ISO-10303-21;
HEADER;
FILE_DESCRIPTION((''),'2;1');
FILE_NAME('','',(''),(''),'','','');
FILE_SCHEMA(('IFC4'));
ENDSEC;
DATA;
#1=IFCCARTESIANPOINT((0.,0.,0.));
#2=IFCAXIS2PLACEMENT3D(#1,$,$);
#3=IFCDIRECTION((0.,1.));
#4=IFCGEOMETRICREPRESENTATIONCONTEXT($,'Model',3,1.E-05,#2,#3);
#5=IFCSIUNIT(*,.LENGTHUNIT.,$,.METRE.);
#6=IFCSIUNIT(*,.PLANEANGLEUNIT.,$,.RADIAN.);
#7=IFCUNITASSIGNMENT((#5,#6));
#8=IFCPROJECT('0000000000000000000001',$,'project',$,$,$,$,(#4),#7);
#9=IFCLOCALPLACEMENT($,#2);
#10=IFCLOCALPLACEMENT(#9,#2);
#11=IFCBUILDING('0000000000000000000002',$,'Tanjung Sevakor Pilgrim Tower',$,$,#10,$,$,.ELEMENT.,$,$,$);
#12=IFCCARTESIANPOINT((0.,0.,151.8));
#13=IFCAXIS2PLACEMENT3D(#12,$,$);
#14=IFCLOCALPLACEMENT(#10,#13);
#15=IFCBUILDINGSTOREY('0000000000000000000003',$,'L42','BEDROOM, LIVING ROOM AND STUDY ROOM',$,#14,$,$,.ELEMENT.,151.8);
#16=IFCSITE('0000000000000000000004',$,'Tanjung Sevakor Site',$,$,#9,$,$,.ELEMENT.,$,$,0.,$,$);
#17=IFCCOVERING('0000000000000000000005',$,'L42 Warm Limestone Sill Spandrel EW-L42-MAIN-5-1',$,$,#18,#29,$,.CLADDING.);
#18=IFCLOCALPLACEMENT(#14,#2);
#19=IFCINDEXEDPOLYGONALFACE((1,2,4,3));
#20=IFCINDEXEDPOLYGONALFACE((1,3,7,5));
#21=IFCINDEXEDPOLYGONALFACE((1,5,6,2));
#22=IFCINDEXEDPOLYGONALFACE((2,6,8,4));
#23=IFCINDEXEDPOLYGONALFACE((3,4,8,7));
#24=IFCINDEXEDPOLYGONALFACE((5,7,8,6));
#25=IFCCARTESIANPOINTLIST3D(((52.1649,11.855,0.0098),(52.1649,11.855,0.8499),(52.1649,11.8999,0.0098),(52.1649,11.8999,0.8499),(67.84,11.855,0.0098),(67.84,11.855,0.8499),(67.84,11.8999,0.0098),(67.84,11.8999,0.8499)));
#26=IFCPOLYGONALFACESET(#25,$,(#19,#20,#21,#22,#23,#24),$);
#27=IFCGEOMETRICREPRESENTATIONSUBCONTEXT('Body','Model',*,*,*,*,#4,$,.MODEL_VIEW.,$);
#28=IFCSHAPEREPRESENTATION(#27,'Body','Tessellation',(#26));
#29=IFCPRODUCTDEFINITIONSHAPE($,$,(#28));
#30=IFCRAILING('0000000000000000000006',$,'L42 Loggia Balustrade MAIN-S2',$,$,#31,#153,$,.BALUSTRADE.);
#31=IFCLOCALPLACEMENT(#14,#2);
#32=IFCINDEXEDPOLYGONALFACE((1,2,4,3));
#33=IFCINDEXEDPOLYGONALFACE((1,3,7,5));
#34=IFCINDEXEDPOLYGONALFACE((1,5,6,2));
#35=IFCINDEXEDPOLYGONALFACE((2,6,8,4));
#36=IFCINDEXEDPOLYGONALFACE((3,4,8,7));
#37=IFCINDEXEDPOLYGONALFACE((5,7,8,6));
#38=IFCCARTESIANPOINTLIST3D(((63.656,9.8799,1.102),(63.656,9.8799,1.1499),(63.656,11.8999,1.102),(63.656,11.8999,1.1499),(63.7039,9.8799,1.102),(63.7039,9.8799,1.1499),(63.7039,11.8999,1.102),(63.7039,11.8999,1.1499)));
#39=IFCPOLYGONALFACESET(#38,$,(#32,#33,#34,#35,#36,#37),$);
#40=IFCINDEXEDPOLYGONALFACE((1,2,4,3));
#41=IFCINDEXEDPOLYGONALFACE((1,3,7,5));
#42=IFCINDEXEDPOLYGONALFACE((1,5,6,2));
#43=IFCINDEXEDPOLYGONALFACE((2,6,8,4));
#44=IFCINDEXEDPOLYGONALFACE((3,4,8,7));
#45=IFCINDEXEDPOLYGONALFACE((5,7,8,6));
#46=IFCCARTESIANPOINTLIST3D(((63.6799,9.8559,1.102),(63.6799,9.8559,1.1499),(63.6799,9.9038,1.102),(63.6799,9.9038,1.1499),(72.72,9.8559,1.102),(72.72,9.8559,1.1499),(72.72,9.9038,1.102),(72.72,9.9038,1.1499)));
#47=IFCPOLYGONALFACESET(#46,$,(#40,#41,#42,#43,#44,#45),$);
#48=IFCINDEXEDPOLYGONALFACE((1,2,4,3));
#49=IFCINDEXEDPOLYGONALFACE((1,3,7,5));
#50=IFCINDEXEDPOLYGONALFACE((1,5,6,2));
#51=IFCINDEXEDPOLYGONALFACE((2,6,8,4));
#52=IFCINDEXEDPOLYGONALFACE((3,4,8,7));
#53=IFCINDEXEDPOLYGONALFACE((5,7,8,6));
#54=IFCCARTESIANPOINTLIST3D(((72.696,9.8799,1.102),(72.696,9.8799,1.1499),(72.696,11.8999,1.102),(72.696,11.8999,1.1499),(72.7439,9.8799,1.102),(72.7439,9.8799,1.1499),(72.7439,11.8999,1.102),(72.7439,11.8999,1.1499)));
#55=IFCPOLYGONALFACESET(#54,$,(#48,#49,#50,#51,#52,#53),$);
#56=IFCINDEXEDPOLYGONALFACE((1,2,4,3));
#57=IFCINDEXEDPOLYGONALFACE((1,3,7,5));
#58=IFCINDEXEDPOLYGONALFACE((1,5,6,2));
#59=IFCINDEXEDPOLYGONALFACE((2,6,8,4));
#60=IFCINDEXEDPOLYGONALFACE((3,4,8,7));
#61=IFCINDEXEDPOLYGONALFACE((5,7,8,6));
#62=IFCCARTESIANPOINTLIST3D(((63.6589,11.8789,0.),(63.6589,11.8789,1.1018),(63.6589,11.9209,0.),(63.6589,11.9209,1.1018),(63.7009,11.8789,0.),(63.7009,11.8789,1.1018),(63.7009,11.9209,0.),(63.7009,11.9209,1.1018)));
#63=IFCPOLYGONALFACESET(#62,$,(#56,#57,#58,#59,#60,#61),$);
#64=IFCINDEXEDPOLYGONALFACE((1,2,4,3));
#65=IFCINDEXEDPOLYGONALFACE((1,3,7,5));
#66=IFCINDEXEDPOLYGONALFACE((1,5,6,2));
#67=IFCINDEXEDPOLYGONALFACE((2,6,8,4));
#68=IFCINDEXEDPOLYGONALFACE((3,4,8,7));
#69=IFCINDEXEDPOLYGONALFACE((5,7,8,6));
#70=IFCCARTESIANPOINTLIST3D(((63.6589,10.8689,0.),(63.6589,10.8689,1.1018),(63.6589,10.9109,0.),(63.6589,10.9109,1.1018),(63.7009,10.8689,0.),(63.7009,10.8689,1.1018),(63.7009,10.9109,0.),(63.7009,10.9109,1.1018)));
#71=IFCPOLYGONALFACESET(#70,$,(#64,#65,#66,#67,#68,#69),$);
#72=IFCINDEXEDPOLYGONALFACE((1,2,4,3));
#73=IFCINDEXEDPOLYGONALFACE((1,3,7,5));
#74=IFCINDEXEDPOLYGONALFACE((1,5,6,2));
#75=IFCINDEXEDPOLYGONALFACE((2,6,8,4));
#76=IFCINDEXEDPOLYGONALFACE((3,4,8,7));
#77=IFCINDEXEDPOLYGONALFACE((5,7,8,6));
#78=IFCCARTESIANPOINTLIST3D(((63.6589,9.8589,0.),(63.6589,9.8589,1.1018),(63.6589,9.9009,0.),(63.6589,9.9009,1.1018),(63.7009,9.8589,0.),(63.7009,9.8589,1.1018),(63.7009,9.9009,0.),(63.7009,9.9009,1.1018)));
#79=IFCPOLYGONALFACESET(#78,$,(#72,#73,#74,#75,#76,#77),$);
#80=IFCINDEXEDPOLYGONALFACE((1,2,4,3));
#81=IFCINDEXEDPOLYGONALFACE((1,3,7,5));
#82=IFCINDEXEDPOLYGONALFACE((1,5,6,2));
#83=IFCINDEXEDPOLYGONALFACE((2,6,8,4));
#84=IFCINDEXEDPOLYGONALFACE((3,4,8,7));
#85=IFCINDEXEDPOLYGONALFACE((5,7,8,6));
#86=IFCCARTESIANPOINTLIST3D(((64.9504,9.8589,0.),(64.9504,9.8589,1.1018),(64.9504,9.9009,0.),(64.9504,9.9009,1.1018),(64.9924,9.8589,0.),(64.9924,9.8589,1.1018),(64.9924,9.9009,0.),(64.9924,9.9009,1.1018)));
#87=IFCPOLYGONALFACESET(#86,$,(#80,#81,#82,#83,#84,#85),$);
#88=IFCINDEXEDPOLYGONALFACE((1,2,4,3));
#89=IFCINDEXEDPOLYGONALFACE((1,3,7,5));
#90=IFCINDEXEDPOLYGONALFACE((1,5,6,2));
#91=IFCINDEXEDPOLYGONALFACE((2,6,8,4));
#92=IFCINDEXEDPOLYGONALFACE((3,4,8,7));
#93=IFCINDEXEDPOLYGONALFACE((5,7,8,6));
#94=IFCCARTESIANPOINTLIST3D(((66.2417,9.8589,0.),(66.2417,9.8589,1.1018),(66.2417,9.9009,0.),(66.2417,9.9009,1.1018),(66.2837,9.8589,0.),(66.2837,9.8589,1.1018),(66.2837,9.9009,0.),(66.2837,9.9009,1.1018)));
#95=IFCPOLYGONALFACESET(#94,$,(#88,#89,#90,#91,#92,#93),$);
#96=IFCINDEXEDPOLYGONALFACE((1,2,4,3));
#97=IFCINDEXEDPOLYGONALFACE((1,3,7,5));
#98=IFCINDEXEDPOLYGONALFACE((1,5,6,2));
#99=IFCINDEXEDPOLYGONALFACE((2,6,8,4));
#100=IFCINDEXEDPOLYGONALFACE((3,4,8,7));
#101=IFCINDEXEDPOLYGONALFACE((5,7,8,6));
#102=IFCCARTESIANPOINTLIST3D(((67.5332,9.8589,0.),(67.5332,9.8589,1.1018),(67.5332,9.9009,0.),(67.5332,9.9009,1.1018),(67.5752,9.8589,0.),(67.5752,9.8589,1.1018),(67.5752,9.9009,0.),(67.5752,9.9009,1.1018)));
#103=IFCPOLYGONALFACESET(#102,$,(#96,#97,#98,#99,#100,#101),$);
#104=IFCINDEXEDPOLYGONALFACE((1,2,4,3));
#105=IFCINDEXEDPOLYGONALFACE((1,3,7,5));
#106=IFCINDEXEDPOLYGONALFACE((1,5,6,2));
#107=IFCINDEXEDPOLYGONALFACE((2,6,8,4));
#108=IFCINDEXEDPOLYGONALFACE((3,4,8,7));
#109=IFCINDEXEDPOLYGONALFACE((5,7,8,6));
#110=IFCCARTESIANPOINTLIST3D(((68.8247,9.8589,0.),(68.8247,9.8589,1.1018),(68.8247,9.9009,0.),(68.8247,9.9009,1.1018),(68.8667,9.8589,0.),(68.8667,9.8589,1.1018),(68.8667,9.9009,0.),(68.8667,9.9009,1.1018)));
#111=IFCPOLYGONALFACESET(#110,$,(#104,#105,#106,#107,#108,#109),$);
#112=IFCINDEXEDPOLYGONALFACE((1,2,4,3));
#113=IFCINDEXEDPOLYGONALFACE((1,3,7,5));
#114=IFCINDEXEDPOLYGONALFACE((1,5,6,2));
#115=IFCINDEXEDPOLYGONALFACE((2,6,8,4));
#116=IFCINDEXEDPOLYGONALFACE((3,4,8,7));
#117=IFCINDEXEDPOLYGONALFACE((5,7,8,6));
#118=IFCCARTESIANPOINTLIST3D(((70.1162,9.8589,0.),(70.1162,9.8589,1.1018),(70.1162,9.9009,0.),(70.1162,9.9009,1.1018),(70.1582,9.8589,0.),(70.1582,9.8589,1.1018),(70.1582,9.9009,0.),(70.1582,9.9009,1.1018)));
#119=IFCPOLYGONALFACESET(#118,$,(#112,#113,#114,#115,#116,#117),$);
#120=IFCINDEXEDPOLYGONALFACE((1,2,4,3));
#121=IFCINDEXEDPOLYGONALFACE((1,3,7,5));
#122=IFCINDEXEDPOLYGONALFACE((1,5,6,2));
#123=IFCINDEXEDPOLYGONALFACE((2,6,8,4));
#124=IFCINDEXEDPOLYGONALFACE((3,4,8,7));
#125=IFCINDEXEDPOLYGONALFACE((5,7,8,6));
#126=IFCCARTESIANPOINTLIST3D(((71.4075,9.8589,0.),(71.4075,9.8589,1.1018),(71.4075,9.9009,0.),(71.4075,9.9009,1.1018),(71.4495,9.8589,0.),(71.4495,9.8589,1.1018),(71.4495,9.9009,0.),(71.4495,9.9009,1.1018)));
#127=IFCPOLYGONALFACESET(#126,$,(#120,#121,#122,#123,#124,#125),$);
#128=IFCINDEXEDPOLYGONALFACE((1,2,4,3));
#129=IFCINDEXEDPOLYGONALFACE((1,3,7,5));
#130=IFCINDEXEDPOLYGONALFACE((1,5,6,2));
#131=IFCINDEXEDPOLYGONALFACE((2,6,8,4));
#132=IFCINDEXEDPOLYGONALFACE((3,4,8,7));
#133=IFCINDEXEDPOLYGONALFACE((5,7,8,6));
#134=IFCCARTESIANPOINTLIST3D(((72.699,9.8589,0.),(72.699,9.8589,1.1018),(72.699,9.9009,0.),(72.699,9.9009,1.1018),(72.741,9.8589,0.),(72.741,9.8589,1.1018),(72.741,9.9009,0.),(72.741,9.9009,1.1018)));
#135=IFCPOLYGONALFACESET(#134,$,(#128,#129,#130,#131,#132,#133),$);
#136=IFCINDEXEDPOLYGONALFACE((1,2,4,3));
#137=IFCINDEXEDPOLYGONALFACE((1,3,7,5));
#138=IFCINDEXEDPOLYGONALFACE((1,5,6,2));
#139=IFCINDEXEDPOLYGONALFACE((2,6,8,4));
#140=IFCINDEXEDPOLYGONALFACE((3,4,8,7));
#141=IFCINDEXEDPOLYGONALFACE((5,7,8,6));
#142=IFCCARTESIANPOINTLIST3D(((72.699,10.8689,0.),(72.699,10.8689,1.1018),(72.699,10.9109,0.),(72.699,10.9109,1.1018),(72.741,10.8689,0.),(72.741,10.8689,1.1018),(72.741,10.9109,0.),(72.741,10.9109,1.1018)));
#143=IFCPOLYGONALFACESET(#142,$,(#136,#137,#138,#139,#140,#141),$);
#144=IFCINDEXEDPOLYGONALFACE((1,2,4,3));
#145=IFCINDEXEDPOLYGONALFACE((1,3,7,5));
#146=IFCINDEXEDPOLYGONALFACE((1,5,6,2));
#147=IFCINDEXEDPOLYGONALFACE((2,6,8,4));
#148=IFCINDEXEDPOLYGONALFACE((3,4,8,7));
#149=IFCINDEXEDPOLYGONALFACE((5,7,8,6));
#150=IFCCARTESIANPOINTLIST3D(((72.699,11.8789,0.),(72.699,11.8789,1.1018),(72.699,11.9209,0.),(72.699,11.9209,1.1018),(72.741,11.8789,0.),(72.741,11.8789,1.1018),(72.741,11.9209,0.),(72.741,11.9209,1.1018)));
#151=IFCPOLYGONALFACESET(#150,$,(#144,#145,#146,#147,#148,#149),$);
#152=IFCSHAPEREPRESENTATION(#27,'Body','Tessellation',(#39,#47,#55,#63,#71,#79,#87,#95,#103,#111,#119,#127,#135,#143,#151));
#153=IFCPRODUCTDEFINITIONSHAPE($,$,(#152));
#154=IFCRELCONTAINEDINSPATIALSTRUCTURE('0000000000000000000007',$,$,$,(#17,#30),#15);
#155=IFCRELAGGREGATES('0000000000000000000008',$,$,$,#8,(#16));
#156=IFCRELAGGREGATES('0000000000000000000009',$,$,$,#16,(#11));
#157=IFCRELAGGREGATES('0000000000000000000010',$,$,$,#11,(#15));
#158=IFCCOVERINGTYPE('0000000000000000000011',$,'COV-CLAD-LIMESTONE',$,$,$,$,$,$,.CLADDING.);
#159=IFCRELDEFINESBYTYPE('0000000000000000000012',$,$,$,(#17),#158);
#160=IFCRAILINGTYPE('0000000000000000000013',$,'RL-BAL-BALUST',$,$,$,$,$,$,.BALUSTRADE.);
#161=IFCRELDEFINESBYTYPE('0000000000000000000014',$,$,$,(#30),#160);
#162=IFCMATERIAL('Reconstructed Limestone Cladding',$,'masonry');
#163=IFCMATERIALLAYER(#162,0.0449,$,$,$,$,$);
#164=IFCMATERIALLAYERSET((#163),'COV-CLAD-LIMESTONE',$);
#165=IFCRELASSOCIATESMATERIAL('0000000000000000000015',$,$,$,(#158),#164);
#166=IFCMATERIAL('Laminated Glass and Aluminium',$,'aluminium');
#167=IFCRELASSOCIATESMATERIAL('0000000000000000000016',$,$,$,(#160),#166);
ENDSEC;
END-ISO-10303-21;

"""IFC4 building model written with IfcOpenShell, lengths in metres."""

from ifc_helpers import new_model, si_unit, direction, frame, origin, origin_2d, place, context, subcontext, project, spatial, rectangle, extrude, material, layer, layer_set, type_object, element, save


model = new_model("IFC4")

# Units and contexts
model_context = context("Model", 3, precision=1e-05, world=origin(), true_north=direction((0.0, 1.0)))
body_context = subcontext(model_context, "Body", "Model", "MODEL_VIEW")
ifc_project = project(units=[si_unit("LENGTHUNIT", "METRE"), si_unit("PLANEANGLEUNIT", "RADIAN")], contexts=[model_context])

# Site, building, storey
site_placement = place(None, origin())
site = spatial("IfcSite", under=ifc_project, at=site_placement, Name="Tanjung Sevakor Site", CompositionType="ELEMENT", RefElevation=0.0)
building_placement = place(site_placement, origin())
building = spatial("IfcBuilding", under=site, at=building_placement, Name="Tanjung Sevakor Pilgrim Tower", CompositionType="ELEMENT")
storey_placement = place(building_placement, frame((0.0, 0.0, 151.8)))
storey = spatial("IfcBuildingStorey", under=building, at=storey_placement, Name="L42", Description="BEDROOM, LIVING ROOM AND STUDY ROOM", CompositionType="ELEMENT", Elevation=151.8)

# Covering
ifc_material_1 = material(Name="Reconstructed Limestone Cladding", Category="masonry")
ifc_layer_1 = layer(ifc_material_1, 0.0449)
ifc_layer_set_1 = layer_set([ifc_layer_1], Name="COV-CLAD-LIMESTONE")
covering_type = type_object("IfcCoveringType", Name="COV-CLAD-LIMESTONE", PredefinedType="CLADDING", material=ifc_layer_set_1)
covering_placement = place(storey_placement, frame((60.0024, 11.8774, 0.0098), z_axis=(0.0, 0.0, 1.0), x_axis=(1.0, 0.0, 0.0)))
element("IfcCovering", 1, at=covering_placement, inside=storey, type_object=covering_type, Name="L42 Warm Limestone Sill Spandrel EW-L42-MAIN-5-1", PredefinedType="CLADDING", context=body_context, shape_type="SweptSolid", body=[
    extrude(rectangle(XDim=15.675, YDim=0.0449, at=origin_2d()), origin(), (0.0, 0.0, 1.0), 0.8401),
])

# Railing
ifc_material_2 = material(Name="Laminated Glass and Aluminium", Category="aluminium")
railing_type = type_object("IfcRailingType", Name="RL-BAL-BALUST", PredefinedType="BALUSTRADE", material=ifc_material_2)
railing_placement = place(storey_placement, frame((63.6799, 11.8999, 0.0)))
element("IfcRailing", 2, at=railing_placement, inside=storey, type_object=railing_type, Name="L42 Loggia Balustrade MAIN-S2", PredefinedType="BALUSTRADE", context=body_context, shape_type="SweptSolid", body=[
    extrude(rectangle(XDim=0.0479, YDim=0.0479), frame((0.0, 0.0, 1.126), z_axis=(0.0, -1.0, 0.0), x_axis=(1.0, 0.0, 0.0)), (0.0, 0.0, 1.0), 2.02),
    extrude(rectangle(XDim=0.0479, YDim=0.0479), frame((0.0, -2.02, 1.126), z_axis=(1.0, 0.0, 0.0), x_axis=(0.0, 1.0, 0.0)), (0.0, 0.0, 1.0), 9.04),
    extrude(rectangle(XDim=0.0479, YDim=0.0479), frame((9.04, -2.02, 1.126), z_axis=(0.0, 1.0, 0.0), x_axis=(-1.0, 0.0, 0.0)), (0.0, 0.0, 1.0), 2.02),
    extrude(rectangle(XDim=0.042, YDim=0.042), origin(), (0.0, 0.0, 1.0), 1.1018),
    extrude(rectangle(XDim=0.042, YDim=0.042), frame((0.0, -1.01, 0.0)), (0.0, 0.0, 1.0), 1.1018),
    extrude(rectangle(XDim=0.042, YDim=0.042), frame((0.0, -2.02, 0.0)), (0.0, 0.0, 1.0), 1.1018),
    extrude(rectangle(XDim=0.042, YDim=0.042), frame((1.2915, -2.02, 0.0)), (0.0, 0.0, 1.0), 1.1018),
    extrude(rectangle(XDim=0.042, YDim=0.042), frame((2.5828, -2.02, 0.0)), (0.0, 0.0, 1.0), 1.1018),
    extrude(rectangle(XDim=0.042, YDim=0.042), frame((3.8743, -2.02, 0.0)), (0.0, 0.0, 1.0), 1.1018),
    extrude(rectangle(XDim=0.042, YDim=0.042), frame((5.1658, -2.02, 0.0)), (0.0, 0.0, 1.0), 1.1018),
    extrude(rectangle(XDim=0.042, YDim=0.042), frame((6.4573, -2.02, 0.0)), (0.0, 0.0, 1.0), 1.1018),
    extrude(rectangle(XDim=0.042, YDim=0.042), frame((7.7485, -2.02, 0.0)), (0.0, 0.0, 1.0), 1.1018),
    extrude(rectangle(XDim=0.042, YDim=0.042), frame((9.04, -2.02, 0.0)), (0.0, 0.0, 1.0), 1.1018),
    extrude(rectangle(XDim=0.042, YDim=0.042), frame((9.04, -1.01, 0.0)), (0.0, 0.0, 1.0), 1.1018),
    extrude(rectangle(XDim=0.042, YDim=0.042), frame((9.04, 0.0, 0.0)), (0.0, 0.0, 1.0), 1.1018),
])

save(model, "model.ifc")
